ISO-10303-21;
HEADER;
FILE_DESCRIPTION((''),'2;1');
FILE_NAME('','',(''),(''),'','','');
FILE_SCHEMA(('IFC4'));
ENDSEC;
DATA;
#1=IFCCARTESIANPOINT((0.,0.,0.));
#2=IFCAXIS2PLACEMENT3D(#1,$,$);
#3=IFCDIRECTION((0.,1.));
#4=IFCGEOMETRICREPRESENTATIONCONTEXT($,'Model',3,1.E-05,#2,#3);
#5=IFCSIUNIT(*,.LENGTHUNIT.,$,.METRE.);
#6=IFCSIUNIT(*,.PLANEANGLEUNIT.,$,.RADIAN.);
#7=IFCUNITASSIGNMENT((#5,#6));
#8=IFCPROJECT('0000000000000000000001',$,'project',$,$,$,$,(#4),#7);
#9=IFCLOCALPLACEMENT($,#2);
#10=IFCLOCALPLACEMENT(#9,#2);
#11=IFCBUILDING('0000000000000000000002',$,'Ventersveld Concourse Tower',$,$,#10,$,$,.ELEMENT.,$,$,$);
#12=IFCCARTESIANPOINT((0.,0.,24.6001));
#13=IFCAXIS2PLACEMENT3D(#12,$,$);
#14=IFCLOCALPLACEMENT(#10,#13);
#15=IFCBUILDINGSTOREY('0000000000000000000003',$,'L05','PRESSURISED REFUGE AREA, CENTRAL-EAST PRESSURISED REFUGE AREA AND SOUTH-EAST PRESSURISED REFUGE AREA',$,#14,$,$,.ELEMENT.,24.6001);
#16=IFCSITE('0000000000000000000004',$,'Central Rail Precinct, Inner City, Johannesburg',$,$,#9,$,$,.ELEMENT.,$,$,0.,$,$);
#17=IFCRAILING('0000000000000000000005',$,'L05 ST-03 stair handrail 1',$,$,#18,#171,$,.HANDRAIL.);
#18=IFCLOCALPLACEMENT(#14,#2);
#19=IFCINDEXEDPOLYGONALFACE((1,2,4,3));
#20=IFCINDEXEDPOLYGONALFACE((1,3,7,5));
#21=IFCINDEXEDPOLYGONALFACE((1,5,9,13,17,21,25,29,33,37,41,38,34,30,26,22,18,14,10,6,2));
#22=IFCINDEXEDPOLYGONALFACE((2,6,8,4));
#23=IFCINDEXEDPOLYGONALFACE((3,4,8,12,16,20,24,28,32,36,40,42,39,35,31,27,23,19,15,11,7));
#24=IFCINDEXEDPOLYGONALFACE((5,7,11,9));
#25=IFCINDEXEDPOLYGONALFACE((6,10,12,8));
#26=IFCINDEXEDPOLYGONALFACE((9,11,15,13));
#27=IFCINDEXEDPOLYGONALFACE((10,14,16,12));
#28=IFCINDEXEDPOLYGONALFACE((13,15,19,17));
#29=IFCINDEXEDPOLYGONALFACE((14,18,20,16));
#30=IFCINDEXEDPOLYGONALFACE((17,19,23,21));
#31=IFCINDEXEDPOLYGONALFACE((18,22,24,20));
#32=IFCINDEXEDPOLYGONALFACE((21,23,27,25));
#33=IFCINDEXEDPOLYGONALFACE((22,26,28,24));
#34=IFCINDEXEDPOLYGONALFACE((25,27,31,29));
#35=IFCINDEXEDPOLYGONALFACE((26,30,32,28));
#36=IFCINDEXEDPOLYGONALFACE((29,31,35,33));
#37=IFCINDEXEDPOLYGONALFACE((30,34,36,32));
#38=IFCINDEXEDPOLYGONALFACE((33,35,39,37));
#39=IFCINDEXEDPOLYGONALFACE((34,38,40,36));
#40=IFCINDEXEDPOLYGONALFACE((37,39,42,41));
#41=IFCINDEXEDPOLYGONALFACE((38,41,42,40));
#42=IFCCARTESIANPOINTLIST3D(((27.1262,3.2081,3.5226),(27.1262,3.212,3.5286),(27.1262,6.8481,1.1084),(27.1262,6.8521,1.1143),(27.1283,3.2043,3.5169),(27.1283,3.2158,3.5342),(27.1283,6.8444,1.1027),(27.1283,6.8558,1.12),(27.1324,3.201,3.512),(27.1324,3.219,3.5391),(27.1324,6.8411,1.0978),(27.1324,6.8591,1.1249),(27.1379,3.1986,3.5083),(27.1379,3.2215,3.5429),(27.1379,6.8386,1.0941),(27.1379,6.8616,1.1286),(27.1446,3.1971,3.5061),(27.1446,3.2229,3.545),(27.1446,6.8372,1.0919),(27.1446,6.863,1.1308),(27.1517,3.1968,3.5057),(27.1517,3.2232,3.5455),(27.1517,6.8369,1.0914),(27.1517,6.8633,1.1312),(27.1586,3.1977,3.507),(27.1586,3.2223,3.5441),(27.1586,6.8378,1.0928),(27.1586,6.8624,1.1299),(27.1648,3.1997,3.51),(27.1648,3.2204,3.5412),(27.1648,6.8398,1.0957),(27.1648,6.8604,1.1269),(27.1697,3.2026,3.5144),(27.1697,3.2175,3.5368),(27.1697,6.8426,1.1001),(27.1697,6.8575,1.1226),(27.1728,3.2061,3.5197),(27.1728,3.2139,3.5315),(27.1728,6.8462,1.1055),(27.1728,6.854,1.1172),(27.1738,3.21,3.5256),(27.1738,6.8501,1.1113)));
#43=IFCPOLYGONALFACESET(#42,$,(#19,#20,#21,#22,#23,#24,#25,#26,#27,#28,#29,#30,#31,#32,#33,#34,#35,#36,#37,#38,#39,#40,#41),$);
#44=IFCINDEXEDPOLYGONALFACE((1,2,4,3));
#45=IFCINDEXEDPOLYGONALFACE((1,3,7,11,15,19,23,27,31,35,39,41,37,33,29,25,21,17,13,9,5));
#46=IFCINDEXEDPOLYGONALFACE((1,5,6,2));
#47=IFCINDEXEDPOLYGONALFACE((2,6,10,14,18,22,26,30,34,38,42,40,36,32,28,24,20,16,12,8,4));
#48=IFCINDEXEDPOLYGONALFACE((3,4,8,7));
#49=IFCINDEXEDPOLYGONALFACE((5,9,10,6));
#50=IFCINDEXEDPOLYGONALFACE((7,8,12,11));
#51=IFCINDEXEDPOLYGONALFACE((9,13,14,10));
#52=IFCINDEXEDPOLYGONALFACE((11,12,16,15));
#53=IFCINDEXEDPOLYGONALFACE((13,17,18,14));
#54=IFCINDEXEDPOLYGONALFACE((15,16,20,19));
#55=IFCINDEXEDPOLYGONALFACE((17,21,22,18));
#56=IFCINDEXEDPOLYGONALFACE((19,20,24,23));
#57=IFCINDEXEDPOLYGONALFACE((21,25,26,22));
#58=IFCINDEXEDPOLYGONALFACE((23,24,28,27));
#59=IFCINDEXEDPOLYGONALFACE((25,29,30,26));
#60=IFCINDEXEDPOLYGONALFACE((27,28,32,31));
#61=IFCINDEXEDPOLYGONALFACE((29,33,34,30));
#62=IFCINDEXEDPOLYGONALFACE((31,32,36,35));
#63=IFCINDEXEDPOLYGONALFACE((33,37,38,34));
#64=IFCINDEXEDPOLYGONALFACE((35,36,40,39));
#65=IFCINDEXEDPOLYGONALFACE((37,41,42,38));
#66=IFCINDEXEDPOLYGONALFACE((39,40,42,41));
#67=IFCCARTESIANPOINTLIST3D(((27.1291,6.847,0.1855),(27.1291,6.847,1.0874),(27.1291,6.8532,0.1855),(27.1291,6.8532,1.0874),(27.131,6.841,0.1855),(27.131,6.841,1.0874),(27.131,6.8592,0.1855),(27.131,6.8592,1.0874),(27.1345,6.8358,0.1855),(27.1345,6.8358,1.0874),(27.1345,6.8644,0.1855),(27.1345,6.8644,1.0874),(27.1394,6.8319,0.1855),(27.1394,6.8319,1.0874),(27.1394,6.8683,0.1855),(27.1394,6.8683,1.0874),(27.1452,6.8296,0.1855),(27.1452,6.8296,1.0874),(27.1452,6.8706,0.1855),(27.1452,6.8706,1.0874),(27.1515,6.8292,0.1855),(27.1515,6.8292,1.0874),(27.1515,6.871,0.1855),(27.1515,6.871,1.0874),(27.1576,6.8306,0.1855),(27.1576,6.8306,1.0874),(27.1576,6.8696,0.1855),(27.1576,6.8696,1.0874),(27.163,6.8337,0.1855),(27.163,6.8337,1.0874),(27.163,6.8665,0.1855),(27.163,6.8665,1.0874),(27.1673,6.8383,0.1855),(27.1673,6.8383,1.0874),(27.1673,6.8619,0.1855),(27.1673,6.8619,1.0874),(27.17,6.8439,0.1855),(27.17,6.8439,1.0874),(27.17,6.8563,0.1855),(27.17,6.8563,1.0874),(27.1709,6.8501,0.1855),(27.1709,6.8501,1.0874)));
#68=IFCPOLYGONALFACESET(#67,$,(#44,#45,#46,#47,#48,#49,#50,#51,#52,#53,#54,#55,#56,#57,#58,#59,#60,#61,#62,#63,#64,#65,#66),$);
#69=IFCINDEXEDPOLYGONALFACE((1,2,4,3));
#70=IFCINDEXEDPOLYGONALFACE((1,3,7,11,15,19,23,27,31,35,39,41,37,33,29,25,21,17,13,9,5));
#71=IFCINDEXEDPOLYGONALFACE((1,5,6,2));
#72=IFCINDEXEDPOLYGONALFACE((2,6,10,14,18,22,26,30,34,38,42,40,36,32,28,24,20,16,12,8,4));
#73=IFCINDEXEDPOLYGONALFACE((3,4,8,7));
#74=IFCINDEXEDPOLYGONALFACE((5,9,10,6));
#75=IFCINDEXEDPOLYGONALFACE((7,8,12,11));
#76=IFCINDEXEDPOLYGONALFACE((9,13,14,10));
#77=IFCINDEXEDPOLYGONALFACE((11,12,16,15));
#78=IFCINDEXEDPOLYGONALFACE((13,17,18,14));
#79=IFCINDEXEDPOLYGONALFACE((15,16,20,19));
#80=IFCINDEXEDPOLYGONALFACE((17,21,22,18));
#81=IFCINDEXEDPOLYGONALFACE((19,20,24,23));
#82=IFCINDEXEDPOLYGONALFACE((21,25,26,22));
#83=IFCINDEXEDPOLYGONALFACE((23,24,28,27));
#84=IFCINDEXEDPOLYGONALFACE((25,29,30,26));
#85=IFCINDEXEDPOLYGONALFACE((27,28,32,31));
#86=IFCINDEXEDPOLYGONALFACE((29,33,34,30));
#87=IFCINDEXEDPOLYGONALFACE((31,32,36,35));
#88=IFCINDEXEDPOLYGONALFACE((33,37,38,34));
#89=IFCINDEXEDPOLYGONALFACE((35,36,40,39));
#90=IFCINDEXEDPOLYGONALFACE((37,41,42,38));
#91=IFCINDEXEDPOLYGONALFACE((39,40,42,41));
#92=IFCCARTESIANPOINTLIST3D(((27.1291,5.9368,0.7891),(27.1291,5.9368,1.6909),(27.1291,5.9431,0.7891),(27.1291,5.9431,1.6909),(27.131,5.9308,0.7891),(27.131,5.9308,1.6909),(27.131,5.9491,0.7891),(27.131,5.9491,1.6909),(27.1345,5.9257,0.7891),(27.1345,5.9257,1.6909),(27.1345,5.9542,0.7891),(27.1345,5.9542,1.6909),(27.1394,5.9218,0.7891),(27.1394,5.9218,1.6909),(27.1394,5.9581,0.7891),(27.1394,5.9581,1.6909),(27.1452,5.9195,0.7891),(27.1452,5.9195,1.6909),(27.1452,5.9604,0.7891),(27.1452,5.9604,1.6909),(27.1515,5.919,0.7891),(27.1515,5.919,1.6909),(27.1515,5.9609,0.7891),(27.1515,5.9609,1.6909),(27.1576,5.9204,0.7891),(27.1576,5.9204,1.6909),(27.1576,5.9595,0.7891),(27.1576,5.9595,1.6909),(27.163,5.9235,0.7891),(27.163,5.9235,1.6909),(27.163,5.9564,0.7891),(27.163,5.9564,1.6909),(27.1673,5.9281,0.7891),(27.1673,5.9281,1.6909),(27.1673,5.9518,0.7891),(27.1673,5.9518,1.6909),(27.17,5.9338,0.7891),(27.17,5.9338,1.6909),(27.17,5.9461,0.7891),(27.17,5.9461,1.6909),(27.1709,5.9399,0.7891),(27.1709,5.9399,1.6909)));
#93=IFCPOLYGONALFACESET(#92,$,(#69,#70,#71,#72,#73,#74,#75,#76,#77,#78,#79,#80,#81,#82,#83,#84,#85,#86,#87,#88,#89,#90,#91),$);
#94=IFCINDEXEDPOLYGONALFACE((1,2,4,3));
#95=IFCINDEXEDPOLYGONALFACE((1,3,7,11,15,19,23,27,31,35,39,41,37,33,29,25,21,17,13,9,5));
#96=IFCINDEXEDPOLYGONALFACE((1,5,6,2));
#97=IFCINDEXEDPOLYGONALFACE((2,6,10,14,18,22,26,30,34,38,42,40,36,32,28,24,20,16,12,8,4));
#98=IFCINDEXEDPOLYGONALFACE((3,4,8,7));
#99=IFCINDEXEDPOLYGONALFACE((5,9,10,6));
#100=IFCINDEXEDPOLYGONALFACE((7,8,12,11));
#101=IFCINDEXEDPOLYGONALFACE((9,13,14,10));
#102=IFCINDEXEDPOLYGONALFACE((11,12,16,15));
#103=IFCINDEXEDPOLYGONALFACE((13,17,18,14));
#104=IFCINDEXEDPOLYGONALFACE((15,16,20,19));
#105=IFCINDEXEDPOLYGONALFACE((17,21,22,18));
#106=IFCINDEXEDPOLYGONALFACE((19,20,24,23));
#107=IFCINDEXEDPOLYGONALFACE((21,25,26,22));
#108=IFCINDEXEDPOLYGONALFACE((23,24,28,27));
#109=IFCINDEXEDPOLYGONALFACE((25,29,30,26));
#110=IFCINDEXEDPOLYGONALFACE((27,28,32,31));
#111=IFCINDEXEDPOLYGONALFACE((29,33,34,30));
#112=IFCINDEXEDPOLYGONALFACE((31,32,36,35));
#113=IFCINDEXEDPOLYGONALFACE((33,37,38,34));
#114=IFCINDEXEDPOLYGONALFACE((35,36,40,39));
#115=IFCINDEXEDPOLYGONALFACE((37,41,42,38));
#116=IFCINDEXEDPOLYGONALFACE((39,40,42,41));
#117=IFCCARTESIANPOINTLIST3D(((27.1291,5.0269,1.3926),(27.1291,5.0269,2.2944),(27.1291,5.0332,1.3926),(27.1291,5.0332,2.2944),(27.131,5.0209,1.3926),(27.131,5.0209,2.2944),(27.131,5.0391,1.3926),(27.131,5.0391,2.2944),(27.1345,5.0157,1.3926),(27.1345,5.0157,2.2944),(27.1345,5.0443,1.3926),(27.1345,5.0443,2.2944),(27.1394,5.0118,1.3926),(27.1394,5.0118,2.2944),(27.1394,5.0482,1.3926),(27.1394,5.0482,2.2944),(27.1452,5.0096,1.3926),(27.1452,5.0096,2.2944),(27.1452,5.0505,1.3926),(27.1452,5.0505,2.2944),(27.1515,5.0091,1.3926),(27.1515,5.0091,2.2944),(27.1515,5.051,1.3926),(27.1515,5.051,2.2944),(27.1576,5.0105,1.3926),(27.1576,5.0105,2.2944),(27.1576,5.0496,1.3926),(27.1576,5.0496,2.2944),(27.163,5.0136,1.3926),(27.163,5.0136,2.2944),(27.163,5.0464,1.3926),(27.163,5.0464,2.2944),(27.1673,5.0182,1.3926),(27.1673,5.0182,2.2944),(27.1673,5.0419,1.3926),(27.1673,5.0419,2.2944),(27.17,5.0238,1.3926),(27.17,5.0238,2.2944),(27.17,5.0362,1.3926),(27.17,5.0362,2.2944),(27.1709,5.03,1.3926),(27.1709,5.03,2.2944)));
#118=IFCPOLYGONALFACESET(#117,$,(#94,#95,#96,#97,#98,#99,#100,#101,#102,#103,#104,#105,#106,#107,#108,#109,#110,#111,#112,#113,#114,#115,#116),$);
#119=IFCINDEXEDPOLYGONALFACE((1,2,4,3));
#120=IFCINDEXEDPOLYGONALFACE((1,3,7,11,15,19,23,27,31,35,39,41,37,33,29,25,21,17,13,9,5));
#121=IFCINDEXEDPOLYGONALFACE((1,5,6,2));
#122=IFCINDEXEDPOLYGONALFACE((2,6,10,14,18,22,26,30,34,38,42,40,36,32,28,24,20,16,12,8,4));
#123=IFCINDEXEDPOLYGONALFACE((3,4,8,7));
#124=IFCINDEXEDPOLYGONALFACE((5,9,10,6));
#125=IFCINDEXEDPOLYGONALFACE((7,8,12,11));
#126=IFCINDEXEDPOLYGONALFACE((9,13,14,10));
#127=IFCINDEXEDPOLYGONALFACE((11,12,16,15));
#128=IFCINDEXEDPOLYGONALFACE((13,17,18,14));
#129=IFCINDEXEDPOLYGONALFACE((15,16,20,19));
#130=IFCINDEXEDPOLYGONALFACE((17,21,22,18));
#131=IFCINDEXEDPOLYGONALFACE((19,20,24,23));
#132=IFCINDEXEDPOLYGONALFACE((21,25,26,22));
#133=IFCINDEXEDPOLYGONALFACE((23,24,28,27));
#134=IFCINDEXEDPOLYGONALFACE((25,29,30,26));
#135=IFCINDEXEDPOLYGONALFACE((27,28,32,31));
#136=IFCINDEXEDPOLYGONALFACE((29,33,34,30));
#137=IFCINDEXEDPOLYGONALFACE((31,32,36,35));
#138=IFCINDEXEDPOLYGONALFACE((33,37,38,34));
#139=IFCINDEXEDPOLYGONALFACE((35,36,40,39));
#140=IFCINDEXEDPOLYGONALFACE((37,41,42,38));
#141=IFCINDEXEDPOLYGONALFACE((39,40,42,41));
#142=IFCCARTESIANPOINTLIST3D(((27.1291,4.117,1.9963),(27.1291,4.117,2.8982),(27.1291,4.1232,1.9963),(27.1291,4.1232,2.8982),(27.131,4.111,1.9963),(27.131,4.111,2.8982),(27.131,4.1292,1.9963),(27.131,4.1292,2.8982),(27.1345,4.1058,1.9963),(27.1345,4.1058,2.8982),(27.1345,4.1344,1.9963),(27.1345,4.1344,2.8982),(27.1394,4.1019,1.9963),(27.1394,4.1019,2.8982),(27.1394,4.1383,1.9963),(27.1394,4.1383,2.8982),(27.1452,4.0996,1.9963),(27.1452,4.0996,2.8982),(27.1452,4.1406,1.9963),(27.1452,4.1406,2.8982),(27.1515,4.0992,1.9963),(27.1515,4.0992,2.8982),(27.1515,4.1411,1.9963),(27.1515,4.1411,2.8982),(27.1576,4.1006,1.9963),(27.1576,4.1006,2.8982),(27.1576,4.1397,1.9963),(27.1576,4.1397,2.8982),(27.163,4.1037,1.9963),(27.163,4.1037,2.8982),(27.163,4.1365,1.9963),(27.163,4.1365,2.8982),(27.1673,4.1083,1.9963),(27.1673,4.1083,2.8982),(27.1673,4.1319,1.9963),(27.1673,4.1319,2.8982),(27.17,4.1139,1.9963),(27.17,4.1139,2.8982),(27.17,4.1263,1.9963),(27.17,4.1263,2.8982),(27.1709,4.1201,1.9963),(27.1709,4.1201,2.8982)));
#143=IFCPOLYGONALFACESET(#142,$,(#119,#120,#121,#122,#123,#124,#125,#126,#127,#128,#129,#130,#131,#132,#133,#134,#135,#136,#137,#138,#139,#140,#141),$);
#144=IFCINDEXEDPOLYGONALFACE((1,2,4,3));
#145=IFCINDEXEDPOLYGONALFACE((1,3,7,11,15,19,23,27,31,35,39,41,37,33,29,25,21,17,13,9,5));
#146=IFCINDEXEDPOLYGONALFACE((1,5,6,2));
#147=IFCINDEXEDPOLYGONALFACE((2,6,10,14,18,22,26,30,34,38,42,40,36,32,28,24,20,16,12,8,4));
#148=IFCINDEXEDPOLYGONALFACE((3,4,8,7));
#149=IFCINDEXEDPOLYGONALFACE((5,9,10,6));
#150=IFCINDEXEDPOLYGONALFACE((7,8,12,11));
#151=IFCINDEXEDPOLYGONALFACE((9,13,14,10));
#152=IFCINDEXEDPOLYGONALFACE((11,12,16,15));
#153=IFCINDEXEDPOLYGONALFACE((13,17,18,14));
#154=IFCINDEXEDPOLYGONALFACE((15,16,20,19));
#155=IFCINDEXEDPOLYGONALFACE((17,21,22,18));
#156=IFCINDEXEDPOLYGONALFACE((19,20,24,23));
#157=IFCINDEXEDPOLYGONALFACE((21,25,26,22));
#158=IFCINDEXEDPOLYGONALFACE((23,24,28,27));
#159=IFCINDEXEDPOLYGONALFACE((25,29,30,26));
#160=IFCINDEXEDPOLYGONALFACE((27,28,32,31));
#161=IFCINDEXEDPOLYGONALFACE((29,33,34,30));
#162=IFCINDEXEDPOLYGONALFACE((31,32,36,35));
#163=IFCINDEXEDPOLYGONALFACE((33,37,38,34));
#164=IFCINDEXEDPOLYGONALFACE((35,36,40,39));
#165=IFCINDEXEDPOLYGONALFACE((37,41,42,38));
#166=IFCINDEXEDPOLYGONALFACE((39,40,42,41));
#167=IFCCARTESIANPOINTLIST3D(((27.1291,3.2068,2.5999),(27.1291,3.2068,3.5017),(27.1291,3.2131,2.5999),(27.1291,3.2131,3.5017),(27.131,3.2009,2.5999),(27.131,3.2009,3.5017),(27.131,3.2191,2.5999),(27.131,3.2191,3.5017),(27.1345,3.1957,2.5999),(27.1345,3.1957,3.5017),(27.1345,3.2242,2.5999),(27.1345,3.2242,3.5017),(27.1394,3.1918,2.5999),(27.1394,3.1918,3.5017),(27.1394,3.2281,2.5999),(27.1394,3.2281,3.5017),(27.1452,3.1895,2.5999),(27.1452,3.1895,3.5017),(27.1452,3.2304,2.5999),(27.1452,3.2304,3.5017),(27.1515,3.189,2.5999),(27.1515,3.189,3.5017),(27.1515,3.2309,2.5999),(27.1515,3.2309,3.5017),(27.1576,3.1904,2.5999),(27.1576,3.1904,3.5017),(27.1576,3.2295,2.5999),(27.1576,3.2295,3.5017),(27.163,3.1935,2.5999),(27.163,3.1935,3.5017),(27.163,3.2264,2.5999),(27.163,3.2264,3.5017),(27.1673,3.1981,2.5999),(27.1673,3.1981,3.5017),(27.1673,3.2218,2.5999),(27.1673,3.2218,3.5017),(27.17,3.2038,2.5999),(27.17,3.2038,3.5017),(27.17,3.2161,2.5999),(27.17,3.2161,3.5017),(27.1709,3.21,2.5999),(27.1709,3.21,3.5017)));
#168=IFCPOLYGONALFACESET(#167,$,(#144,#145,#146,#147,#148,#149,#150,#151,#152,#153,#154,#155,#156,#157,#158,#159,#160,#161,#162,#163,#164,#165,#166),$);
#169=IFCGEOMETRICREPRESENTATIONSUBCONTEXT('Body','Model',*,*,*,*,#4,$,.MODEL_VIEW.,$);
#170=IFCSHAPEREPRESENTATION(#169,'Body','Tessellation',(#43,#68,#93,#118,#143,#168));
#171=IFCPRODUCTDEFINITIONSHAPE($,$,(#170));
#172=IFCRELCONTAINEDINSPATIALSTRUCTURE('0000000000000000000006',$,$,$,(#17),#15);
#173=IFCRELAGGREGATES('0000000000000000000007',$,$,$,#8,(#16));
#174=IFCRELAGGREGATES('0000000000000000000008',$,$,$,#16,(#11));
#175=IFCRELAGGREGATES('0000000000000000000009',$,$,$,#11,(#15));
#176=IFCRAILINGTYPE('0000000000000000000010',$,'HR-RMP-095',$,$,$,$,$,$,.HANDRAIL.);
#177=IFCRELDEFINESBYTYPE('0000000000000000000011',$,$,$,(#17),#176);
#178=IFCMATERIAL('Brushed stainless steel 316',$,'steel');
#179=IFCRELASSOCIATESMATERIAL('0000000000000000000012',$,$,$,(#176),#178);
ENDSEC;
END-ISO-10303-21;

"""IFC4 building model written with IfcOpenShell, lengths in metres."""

from ifc_helpers import new_model, si_unit, direction, frame, origin, origin_2d, place, context, subcontext, project, spatial, circle, extrude, material, type_object, element, save


model = new_model("IFC4")

# Units and contexts
model_context = context("Model", 3, precision=1e-05, world=origin(), true_north=direction((0.0, 1.0)))
body_context = subcontext(model_context, "Body", "Model", "MODEL_VIEW")
ifc_project = project(units=[si_unit("LENGTHUNIT", "METRE"), si_unit("PLANEANGLEUNIT", "RADIAN")], contexts=[model_context])

# Site, building, storey
site_placement = place(None, origin())
site = spatial("IfcSite", under=ifc_project, at=site_placement, Name="Central Rail Precinct, Inner City, Johannesburg", CompositionType="ELEMENT", RefElevation=0.0)
building_placement = place(site_placement, origin())
building = spatial("IfcBuilding", under=site, at=building_placement, Name="Ventersveld Concourse Tower", CompositionType="ELEMENT")
storey_placement = place(building_placement, frame((0.0, 0.0, 24.6001)))
storey = spatial("IfcBuildingStorey", under=building, at=storey_placement, Name="L05", Description="PRESSURISED REFUGE AREA, CENTRAL-EAST PRESSURISED REFUGE AREA AND SOUTH-EAST PRESSURISED REFUGE AREA", CompositionType="ELEMENT", Elevation=24.6001)

# Railing
ifc_material_1 = material(Name="Brushed stainless steel 316", Category="steel")
railing_type = type_object("IfcRailingType", Name="HR-RMP-095", PredefinedType="HANDRAIL", material=ifc_material_1)
railing_placement = place(storey_placement, frame((27.1499, 6.8501, 0.1855)))
element("IfcRailing", 1, at=railing_placement, inside=storey, type_object=railing_type, Name="L05 ST-03 stair handrail 1", PredefinedType="HANDRAIL", context=body_context, shape_type="SweptSolid", body=[
    extrude(circle(Radius=0.0239, at=origin_2d()), frame((0.0, 0.0, 0.9258), z_axis=(0.0, -0.833364, 0.552725), x_axis=(1.0, 0.0, 0.0)), (0.0, 0.0, 1.0), 4.3679),
    extrude(circle(Radius=0.021, at=origin_2d()), origin(), (0.0, 0.0, 1.0), 0.9019),
    extrude(circle(Radius=0.021, at=origin_2d()), frame((0.0, -0.9102, 0.6035)), (0.0, 0.0, 1.0), 0.9019),
    extrude(circle(Radius=0.021, at=origin_2d()), frame((0.0, -1.8201, 1.207)), (0.0, 0.0, 1.0), 0.9019),
    extrude(circle(Radius=0.021, at=origin_2d()), frame((0.0, -2.73, 1.8108)), (0.0, 0.0, 1.0), 0.9019),
    extrude(circle(Radius=0.021, at=origin_2d()), frame((0.0, -3.6401, 2.4143)), (0.0, 0.0, 1.0), 0.9019),
])

save(model, "model.ifc")
